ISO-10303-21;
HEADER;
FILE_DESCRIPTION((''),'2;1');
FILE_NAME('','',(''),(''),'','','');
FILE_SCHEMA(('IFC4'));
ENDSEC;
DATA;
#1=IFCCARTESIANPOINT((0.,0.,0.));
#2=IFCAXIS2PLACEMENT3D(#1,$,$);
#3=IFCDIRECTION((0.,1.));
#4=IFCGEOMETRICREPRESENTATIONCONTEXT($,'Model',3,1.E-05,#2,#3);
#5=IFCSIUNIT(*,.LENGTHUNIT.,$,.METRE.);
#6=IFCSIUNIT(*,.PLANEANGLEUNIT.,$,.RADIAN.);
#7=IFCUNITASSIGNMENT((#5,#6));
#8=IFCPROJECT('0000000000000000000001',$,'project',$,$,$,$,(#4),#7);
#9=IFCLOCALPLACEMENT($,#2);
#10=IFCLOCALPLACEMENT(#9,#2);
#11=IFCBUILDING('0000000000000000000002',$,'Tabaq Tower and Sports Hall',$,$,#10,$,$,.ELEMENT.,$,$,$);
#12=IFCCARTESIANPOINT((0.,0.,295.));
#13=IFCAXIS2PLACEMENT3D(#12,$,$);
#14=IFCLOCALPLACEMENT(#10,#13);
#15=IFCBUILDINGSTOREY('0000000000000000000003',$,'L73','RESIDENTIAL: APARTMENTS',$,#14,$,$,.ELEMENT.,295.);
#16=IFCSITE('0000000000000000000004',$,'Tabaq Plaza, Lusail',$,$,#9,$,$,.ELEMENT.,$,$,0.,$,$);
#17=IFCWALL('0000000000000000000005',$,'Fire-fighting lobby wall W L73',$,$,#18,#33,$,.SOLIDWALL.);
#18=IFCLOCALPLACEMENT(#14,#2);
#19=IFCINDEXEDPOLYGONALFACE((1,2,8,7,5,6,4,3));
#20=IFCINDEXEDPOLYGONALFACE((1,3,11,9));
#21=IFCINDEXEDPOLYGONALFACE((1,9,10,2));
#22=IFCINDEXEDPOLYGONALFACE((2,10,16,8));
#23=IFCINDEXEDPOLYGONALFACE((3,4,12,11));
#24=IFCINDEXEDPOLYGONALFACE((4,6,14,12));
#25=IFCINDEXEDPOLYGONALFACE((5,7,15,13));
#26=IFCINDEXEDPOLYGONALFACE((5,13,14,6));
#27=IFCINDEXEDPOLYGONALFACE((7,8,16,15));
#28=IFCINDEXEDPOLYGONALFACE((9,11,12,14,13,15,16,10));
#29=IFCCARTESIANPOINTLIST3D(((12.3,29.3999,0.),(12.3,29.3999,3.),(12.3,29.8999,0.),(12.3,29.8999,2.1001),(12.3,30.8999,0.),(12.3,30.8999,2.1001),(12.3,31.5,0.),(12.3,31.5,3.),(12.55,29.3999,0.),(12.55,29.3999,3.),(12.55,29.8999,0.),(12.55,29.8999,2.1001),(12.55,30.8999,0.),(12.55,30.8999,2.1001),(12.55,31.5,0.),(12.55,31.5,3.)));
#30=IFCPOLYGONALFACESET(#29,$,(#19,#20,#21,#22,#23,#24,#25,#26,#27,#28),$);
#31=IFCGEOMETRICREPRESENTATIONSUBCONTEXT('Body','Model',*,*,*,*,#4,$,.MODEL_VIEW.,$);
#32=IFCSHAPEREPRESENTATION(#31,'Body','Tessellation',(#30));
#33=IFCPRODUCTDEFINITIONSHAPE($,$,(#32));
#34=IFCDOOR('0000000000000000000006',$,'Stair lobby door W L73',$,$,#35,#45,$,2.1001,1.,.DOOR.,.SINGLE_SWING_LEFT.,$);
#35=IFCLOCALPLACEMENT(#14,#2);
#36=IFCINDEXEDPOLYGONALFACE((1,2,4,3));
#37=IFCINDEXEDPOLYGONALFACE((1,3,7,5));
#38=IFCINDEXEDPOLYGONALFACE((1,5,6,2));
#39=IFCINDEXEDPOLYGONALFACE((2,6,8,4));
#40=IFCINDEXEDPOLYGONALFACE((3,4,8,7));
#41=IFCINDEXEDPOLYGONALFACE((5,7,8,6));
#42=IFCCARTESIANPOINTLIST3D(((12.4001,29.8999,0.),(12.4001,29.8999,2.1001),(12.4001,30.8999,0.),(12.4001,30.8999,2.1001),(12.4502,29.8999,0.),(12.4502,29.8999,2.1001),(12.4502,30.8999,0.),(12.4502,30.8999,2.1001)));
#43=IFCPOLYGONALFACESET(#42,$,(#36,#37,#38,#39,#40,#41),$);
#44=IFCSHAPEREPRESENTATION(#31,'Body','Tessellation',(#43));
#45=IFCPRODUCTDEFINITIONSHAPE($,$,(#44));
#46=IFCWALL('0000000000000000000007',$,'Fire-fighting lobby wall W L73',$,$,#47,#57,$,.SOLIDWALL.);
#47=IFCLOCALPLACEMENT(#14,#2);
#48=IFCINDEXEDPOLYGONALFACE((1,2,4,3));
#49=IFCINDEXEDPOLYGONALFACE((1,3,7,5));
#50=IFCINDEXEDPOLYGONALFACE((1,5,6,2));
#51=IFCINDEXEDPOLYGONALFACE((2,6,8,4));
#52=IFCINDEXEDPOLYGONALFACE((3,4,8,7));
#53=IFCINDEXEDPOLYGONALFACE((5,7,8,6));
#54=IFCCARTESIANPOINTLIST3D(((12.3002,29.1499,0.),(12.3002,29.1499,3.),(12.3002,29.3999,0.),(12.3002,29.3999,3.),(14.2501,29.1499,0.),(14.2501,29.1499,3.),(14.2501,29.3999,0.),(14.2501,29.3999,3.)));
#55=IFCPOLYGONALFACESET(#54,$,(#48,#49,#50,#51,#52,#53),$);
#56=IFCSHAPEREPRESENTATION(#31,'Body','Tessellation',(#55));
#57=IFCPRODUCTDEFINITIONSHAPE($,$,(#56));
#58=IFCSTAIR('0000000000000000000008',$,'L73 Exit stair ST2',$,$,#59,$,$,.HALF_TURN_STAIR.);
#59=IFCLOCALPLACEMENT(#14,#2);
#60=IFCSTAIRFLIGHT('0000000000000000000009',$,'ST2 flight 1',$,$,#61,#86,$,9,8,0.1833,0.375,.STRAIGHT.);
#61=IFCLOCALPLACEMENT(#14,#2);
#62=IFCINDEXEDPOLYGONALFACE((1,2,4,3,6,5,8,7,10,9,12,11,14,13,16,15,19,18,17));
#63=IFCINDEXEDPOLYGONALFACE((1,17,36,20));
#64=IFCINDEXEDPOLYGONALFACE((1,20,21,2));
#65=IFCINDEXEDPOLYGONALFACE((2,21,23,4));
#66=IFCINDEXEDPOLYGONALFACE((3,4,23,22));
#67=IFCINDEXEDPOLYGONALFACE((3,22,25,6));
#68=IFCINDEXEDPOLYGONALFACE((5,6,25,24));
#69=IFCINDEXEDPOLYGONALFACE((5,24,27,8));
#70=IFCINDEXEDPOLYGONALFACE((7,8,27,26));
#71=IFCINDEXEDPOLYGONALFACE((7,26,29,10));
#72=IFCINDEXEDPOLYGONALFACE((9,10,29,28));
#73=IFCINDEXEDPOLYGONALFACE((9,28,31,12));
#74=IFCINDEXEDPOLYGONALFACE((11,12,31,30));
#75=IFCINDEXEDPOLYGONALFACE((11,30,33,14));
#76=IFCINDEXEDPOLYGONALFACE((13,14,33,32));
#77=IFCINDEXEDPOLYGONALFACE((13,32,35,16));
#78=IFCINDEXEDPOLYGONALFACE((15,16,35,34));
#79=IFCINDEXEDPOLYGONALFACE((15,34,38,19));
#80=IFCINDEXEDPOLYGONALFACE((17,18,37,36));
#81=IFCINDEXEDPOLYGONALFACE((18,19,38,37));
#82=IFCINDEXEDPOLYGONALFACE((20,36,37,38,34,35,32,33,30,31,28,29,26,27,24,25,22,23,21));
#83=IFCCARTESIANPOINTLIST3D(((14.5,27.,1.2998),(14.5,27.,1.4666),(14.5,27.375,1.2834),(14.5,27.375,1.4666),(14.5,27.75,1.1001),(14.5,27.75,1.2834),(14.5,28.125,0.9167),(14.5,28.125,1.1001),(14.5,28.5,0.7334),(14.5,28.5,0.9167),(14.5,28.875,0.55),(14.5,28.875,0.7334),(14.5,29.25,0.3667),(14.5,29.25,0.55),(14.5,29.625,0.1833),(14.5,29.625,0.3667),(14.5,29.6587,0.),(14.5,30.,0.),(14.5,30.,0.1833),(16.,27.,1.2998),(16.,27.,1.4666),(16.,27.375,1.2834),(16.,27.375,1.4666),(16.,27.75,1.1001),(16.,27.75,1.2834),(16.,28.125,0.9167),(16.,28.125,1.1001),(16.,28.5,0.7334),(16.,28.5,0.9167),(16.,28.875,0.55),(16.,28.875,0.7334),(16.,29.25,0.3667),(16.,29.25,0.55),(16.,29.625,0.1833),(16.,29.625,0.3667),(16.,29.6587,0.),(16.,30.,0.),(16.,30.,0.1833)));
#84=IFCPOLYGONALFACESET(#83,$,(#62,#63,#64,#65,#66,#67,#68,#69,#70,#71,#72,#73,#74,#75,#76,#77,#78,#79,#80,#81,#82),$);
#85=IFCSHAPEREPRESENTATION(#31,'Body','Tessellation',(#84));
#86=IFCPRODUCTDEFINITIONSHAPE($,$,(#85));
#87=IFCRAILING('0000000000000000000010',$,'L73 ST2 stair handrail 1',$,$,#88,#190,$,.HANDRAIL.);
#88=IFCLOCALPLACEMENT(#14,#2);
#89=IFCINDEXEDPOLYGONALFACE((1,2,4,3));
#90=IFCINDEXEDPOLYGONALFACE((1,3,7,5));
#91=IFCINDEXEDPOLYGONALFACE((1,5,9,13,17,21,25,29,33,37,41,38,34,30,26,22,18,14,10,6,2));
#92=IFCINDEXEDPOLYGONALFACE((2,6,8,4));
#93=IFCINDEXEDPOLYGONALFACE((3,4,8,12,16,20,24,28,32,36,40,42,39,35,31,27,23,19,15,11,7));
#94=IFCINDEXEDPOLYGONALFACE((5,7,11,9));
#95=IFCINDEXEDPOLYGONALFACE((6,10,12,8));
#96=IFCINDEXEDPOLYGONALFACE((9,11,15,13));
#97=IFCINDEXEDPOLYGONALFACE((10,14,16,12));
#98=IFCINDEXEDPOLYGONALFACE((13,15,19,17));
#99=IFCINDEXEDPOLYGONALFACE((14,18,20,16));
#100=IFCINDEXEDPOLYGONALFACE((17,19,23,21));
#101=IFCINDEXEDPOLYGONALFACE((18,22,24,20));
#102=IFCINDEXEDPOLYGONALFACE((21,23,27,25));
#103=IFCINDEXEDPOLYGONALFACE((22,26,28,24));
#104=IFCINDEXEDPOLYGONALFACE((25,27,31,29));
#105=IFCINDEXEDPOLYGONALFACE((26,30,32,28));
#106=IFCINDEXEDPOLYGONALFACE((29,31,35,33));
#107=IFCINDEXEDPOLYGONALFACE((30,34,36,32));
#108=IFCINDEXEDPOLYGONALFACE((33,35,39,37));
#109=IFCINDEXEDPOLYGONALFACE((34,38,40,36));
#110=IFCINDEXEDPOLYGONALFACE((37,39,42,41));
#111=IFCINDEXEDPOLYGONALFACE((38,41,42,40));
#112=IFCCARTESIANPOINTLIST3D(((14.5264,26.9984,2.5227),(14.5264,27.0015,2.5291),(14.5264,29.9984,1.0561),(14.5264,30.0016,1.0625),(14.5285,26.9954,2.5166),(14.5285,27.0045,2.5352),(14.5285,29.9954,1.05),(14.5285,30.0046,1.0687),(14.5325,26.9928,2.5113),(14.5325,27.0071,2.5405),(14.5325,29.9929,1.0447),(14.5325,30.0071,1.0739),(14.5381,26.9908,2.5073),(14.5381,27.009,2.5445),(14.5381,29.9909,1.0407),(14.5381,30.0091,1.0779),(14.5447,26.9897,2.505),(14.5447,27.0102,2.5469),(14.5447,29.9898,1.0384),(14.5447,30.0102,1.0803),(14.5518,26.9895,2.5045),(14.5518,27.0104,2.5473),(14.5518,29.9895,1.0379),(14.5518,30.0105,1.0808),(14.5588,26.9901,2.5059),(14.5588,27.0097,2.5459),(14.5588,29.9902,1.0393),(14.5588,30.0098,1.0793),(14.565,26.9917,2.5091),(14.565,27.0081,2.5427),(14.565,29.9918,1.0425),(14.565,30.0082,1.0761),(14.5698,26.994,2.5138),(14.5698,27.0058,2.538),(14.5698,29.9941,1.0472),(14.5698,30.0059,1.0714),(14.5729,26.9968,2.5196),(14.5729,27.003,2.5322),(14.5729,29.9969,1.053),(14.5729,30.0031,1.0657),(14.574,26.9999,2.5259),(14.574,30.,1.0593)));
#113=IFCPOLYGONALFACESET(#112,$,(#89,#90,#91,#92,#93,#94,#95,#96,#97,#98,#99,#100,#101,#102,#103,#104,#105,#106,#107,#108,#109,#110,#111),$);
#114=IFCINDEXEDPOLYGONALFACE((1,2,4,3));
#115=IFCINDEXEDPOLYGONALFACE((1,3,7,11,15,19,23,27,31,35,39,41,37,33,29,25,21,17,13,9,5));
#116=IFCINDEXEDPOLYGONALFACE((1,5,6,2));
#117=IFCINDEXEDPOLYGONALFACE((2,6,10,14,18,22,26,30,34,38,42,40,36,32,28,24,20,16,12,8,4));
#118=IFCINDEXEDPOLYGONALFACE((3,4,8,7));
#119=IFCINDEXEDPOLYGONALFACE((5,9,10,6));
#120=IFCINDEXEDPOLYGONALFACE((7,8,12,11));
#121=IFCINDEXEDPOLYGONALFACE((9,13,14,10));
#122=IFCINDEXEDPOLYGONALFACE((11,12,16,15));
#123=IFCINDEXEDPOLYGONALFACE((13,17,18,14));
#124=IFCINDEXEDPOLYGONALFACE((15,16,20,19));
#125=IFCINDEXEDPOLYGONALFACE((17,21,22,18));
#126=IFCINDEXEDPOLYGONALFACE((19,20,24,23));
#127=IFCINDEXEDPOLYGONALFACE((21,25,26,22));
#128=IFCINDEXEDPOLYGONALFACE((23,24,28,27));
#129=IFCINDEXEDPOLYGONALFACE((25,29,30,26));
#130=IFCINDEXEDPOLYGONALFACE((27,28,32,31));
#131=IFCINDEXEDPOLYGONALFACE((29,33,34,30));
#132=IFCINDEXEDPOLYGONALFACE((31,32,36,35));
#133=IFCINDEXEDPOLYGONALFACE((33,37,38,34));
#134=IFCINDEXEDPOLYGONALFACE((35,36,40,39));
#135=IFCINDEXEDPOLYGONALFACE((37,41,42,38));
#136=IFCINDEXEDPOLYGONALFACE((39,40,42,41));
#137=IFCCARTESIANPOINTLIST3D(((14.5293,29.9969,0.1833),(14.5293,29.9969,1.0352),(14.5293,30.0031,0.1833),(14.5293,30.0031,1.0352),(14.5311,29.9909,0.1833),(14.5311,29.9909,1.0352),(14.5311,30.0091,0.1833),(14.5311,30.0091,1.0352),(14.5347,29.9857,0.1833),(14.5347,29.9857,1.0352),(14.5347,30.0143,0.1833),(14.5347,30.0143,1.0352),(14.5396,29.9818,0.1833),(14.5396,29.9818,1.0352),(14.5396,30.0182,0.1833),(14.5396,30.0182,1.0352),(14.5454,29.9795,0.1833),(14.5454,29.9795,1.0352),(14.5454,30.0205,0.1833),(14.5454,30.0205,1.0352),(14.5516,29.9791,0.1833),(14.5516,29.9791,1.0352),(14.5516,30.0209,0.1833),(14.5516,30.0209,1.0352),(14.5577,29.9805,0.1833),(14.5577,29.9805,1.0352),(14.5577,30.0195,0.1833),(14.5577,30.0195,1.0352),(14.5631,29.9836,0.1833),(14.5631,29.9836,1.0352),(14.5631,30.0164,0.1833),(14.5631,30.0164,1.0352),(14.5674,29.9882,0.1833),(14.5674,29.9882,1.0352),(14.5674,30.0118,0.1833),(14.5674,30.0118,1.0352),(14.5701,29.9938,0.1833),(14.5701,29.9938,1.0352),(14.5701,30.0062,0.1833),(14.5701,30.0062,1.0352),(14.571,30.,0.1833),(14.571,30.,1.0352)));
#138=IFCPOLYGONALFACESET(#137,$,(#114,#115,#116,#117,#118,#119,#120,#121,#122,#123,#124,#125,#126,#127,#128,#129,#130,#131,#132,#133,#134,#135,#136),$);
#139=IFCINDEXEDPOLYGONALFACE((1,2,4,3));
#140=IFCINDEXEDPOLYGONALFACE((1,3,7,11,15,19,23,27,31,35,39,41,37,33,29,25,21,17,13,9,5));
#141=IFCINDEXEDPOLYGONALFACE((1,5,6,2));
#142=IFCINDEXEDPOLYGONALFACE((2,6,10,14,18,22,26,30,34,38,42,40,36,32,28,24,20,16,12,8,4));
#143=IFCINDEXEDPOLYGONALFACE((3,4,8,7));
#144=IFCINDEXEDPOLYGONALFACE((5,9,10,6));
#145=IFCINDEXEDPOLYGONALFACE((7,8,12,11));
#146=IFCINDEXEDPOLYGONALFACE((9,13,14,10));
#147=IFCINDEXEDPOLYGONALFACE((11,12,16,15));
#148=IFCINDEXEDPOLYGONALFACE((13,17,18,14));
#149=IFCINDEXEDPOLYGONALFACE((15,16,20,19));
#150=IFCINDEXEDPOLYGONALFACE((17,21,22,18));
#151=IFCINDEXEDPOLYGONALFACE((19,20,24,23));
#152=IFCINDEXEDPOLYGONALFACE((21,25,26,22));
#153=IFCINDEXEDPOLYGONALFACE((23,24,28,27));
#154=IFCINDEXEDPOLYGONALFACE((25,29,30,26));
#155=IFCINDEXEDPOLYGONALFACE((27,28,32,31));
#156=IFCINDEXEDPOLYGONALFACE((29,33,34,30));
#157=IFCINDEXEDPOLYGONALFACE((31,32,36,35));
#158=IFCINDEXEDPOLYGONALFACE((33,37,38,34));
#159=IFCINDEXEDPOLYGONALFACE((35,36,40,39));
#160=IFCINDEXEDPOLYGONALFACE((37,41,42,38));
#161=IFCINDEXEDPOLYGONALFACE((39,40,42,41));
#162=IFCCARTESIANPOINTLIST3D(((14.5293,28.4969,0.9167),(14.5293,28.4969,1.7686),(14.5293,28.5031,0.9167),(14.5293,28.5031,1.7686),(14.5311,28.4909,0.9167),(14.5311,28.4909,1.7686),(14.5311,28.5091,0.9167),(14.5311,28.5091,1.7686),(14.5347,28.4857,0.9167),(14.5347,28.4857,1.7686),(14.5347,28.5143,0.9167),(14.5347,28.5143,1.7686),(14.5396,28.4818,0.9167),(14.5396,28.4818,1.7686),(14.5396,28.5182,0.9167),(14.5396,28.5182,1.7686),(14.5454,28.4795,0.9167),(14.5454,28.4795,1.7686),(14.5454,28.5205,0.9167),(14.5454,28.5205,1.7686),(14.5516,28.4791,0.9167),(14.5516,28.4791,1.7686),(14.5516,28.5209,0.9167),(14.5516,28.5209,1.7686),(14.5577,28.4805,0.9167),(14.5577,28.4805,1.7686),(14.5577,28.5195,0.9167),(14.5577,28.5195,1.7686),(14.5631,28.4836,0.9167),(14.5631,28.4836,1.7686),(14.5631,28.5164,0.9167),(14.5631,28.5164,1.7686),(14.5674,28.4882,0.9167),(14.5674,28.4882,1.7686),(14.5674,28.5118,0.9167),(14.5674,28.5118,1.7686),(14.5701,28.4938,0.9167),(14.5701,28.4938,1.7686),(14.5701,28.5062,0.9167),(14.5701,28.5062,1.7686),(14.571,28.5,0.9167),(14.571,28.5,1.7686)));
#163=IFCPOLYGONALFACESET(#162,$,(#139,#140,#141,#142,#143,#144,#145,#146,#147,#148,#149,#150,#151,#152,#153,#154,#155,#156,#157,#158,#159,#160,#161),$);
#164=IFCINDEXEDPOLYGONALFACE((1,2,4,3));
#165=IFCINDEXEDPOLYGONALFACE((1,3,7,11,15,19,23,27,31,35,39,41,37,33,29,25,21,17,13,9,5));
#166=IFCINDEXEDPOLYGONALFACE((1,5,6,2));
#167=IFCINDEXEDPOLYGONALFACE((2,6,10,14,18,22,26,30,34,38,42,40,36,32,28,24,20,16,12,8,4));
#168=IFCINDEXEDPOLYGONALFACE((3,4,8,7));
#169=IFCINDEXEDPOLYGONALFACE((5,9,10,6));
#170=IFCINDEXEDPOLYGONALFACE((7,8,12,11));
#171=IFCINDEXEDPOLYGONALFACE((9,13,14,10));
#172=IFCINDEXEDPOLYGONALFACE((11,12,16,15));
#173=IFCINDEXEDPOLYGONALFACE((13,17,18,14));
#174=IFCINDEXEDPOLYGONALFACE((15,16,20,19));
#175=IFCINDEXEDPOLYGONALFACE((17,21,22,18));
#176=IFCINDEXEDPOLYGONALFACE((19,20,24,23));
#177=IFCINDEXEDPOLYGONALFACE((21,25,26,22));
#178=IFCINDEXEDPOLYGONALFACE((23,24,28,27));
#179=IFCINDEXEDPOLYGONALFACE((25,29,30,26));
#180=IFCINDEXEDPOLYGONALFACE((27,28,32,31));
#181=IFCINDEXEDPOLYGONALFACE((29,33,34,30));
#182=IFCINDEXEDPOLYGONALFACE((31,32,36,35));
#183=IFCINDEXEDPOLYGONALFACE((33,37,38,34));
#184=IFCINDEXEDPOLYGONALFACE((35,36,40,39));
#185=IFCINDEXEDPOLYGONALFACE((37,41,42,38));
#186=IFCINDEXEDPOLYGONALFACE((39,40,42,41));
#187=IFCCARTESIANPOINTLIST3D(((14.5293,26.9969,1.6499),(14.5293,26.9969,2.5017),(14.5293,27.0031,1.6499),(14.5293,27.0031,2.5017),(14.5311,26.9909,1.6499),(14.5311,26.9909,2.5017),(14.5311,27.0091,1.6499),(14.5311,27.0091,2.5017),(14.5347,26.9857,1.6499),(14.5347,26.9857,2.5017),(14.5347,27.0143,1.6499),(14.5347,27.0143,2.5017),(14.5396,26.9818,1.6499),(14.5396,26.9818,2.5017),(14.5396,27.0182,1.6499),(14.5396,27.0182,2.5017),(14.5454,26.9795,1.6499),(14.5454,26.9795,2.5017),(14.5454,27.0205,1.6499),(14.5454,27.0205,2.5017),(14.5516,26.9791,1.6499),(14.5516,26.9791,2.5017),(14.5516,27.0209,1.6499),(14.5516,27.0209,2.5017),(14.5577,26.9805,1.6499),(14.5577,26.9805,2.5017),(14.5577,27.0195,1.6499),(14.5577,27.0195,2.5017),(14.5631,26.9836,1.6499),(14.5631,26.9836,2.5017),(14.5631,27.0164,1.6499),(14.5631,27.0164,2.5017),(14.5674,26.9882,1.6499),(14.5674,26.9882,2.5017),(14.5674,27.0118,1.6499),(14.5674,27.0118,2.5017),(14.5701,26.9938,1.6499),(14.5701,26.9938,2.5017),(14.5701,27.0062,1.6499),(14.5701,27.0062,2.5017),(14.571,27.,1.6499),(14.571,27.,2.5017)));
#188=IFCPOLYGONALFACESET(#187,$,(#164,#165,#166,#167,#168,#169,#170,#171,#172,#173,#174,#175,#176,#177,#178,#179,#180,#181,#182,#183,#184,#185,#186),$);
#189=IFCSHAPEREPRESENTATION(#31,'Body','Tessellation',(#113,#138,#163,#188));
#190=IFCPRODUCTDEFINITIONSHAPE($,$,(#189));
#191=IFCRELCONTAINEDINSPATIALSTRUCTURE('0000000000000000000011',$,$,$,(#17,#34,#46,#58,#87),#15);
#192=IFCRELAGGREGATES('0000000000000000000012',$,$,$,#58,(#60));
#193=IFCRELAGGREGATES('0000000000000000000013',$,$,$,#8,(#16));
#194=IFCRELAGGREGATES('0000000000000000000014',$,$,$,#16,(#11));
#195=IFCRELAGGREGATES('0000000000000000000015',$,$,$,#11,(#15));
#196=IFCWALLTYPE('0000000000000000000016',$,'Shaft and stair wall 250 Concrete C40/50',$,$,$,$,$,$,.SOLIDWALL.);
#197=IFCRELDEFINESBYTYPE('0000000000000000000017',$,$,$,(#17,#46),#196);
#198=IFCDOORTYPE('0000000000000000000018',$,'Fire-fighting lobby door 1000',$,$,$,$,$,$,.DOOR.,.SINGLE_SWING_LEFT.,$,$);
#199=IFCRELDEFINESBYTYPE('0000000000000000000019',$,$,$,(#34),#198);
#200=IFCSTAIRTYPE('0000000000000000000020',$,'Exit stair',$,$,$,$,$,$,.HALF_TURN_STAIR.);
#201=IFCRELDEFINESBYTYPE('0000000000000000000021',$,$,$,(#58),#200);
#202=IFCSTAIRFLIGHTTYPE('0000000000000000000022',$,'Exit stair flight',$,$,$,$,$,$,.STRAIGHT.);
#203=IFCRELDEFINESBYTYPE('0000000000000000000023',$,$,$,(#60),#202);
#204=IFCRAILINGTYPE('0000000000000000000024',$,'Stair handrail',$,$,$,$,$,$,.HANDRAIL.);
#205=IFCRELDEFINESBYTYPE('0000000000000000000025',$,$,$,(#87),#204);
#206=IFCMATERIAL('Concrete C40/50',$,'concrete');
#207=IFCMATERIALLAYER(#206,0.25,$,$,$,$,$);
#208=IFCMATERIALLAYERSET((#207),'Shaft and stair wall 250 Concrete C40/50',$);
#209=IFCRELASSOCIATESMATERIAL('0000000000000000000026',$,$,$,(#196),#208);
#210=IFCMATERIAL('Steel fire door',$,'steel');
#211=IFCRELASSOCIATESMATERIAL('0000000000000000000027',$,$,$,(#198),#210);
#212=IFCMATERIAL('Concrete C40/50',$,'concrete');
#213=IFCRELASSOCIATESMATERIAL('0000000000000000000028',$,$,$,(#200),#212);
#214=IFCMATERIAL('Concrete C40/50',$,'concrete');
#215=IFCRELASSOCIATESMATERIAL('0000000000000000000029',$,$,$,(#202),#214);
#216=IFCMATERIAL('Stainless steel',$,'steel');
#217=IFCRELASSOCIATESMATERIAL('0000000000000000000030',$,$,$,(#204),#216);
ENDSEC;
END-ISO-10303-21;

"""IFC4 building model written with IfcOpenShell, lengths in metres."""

from ifc_helpers import new_model, si_unit, direction, frame, frame_2d, origin, origin_2d, place, context, subcontext, project, spatial, polyline, rectangle, circle, outline, extrude, material, layer, layer_set, type_object, element, fill, aggregate, save


model = new_model("IFC4")

# Units and contexts
model_context = context("Model", 3, precision=1e-05, world=origin(), true_north=direction((0.0, 1.0)))
body_context = subcontext(model_context, "Body", "Model", "MODEL_VIEW")
ifc_project = project(units=[si_unit("LENGTHUNIT", "METRE"), si_unit("PLANEANGLEUNIT", "RADIAN")], contexts=[model_context])

# Site, building, storey
site_placement = place(None, origin())
site = spatial("IfcSite", under=ifc_project, at=site_placement, Name="Tabaq Plaza, Lusail", CompositionType="ELEMENT", RefElevation=0.0)
building_placement = place(site_placement, origin())
building = spatial("IfcBuilding", under=site, at=building_placement, Name="Tabaq Tower and Sports Hall", CompositionType="ELEMENT")
storey_placement = place(building_placement, frame((0.0, 0.0, 295.0)))
storey = spatial("IfcBuildingStorey", under=building, at=storey_placement, Name="L73", Description="RESIDENTIAL: APARTMENTS", CompositionType="ELEMENT", Elevation=295.0)

# Shared definitions
ifc_material_1 = material(Name="Concrete C40/50", Category="concrete")
ifc_layer_1 = layer(ifc_material_1, 0.25)
ifc_layer_set_1 = layer_set([ifc_layer_1], Name="Shaft and stair wall 250 Concrete C40/50")
wall_type_1 = type_object("IfcWallType", Name="Shaft and stair wall 250 Concrete C40/50", PredefinedType="SOLIDWALL", material=ifc_layer_set_1)

# Wall, opening, door
wall_1_placement = place(storey_placement, frame((12.425, 29.3999, 0.0), z_axis=(0.0, 0.0, 1.0), x_axis=(0.0, 1.0, 0.0)))
wall_1 = element("IfcWall", 1, at=wall_1_placement, inside=storey, type_object=wall_type_1, Name="Fire-fighting lobby wall W L73", PredefinedType="SOLIDWALL", context=body_context, shape_type="SweptSolid", body=[
    extrude(rectangle(XDim=2.1001, YDim=0.25, at=frame_2d((1.05, 0.0))), origin(), (0.0, 0.0, 1.0), 3.0),
])
opening_1_placement = place(wall_1_placement, frame((0.5, 0.0, 0.0)))
opening_1 = element("IfcOpeningElement", 2, at=opening_1_placement, cuts=wall_1, PredefinedType="OPENING", context=body_context, shape_type="SweptSolid", body=[
    extrude(rectangle(XDim=1.0, YDim=2.1001, at=frame_2d((0.5, 1.05))), frame((0.0, 0.125, 0.0), z_axis=(0.0, -1.0, 0.0), x_axis=(1.0, 0.0, 0.0)), (0.0, 0.0, 1.0), 0.25),
])
ifc_material_2 = material(Name="Steel fire door", Category="steel")
door_type_1 = type_object("IfcDoorType", Name="Fire-fighting lobby door 1000", OperationType="SINGLE_SWING_LEFT", PredefinedType="DOOR", material=ifc_material_2)
door_1_placement = place(opening_1_placement, origin())
door_1 = element("IfcDoor", 3, at=door_1_placement, inside=storey, type_object=door_type_1, Name="Stair lobby door W L73", OperationType="SINGLE_SWING_LEFT", OverallHeight=2.1001, OverallWidth=1.0, PredefinedType="DOOR", context=body_context, shape_type="SweptSolid", body=[
    extrude(rectangle(XDim=1.0, YDim=2.1001, at=frame_2d((0.5, 1.05))), frame((0.0, 0.0249, 0.0), z_axis=(0.0, -1.0, 0.0), x_axis=(1.0, 0.0, 0.0)), (0.0, 0.0, 1.0), 0.05),
])
fill(opening_1, door_1)

# Wall
wall_2_placement = place(storey_placement, frame((12.3, 29.2749, 0.0), z_axis=(0.0, 0.0, 1.0), x_axis=(1.0, 0.0, 0.0)))
element("IfcWall", 4, at=wall_2_placement, inside=storey, type_object=wall_type_1, Name="Fire-fighting lobby wall W L73", PredefinedType="SOLIDWALL", context=body_context, shape_type="SweptSolid", body=[
    extrude(rectangle(XDim=1.95, YDim=0.25, at=frame_2d((0.9751, 0.0))), origin(), (0.0, 0.0, 1.0), 3.0),
])

# Stair, stair flight
ifc_material_3 = material(Name="Concrete C40/50", Category="concrete")
stair_type = type_object("IfcStairType", Name="Exit stair", PredefinedType="HALF_TURN_STAIR", material=ifc_material_3)
stair_placement = place(storey_placement, origin())
stair = element("IfcStair", 5, at=stair_placement, inside=storey, type_object=stair_type, Name="L73 Exit stair ST2", PredefinedType="HALF_TURN_STAIR")
ifc_material_4 = material(Name="Concrete C40/50", Category="concrete")
stair_flight_type = type_object("IfcStairFlightType", Name="Exit stair flight", PredefinedType="STRAIGHT", material=ifc_material_4)
stair_flight_placement = place(storey_placement, frame((15.25, 30.0, 0.0), z_axis=(0.0, 0.0, 1.0), x_axis=(0.0, -1.0, 0.0)))
stair_flight = element("IfcStairFlight", 6, at=stair_flight_placement, type_object=stair_flight_type, Name="ST2 flight 1", NumberOfRisers=9, NumberOfTreads=8, PredefinedType="STRAIGHT", RiserHeight=0.1833, TreadLength=0.375, context=body_context, shape_type="SweptSolid", body=[
    extrude(outline(polyline([(0.0, 0.0), (0.0, 0.1833), (0.375, 0.1833), (0.375, 0.3667), (0.75, 0.3667), (0.75, 0.55), (1.125, 0.55), (1.125, 0.7334), (1.5, 0.7334), (1.5, 0.9167), (1.875, 0.9167), (1.875, 1.1001), (2.25, 1.1001), (2.25, 1.2834), (2.625, 1.2834), (2.625, 1.4666), (3.0, 1.4666), (3.0, 1.6499), (3.0, 1.2998), (0.3413, 0.0), (0.0, 0.0)])), frame((0.0, 0.75, 0.0), z_axis=(0.0, -1.0, 0.0), x_axis=(1.0, 0.0, 0.0)), (0.0, 0.0, 1.0), 1.5),
])
aggregate(stair, [stair_flight])

# Railing
ifc_material_5 = material(Name="Stainless steel", Category="steel")
railing_type_1 = type_object("IfcRailingType", Name="Stair handrail", PredefinedType="HANDRAIL", material=ifc_material_5)
railing_1_placement = place(storey_placement, frame((14.55, 30.0, 0.1833)))
element("IfcRailing", 7, at=railing_1_placement, inside=storey, type_object=railing_type_1, Name="L73 ST2 stair handrail 1", PredefinedType="HANDRAIL", context=body_context, shape_type="SweptSolid", body=[
    extrude(circle(Radius=0.0239, at=origin_2d()), frame((0.0, 0.0, 0.876), z_axis=(0.0, -0.898398, 0.439183), x_axis=(1.0, 0.0, 0.0)), (0.0, 0.0, 1.0), 3.3394),
    extrude(circle(Radius=0.021, at=origin_2d()), origin(), (0.0, 0.0, 1.0), 0.8518),
    extrude(circle(Radius=0.021, at=origin_2d()), frame((0.0, -1.5, 0.7334)), (0.0, 0.0, 1.0), 0.8518),
    extrude(circle(Radius=0.021, at=origin_2d()), frame((0.0, -3.0, 1.4666)), (0.0, 0.0, 1.0), 0.8518),
])

save(model, "model.ifc")
